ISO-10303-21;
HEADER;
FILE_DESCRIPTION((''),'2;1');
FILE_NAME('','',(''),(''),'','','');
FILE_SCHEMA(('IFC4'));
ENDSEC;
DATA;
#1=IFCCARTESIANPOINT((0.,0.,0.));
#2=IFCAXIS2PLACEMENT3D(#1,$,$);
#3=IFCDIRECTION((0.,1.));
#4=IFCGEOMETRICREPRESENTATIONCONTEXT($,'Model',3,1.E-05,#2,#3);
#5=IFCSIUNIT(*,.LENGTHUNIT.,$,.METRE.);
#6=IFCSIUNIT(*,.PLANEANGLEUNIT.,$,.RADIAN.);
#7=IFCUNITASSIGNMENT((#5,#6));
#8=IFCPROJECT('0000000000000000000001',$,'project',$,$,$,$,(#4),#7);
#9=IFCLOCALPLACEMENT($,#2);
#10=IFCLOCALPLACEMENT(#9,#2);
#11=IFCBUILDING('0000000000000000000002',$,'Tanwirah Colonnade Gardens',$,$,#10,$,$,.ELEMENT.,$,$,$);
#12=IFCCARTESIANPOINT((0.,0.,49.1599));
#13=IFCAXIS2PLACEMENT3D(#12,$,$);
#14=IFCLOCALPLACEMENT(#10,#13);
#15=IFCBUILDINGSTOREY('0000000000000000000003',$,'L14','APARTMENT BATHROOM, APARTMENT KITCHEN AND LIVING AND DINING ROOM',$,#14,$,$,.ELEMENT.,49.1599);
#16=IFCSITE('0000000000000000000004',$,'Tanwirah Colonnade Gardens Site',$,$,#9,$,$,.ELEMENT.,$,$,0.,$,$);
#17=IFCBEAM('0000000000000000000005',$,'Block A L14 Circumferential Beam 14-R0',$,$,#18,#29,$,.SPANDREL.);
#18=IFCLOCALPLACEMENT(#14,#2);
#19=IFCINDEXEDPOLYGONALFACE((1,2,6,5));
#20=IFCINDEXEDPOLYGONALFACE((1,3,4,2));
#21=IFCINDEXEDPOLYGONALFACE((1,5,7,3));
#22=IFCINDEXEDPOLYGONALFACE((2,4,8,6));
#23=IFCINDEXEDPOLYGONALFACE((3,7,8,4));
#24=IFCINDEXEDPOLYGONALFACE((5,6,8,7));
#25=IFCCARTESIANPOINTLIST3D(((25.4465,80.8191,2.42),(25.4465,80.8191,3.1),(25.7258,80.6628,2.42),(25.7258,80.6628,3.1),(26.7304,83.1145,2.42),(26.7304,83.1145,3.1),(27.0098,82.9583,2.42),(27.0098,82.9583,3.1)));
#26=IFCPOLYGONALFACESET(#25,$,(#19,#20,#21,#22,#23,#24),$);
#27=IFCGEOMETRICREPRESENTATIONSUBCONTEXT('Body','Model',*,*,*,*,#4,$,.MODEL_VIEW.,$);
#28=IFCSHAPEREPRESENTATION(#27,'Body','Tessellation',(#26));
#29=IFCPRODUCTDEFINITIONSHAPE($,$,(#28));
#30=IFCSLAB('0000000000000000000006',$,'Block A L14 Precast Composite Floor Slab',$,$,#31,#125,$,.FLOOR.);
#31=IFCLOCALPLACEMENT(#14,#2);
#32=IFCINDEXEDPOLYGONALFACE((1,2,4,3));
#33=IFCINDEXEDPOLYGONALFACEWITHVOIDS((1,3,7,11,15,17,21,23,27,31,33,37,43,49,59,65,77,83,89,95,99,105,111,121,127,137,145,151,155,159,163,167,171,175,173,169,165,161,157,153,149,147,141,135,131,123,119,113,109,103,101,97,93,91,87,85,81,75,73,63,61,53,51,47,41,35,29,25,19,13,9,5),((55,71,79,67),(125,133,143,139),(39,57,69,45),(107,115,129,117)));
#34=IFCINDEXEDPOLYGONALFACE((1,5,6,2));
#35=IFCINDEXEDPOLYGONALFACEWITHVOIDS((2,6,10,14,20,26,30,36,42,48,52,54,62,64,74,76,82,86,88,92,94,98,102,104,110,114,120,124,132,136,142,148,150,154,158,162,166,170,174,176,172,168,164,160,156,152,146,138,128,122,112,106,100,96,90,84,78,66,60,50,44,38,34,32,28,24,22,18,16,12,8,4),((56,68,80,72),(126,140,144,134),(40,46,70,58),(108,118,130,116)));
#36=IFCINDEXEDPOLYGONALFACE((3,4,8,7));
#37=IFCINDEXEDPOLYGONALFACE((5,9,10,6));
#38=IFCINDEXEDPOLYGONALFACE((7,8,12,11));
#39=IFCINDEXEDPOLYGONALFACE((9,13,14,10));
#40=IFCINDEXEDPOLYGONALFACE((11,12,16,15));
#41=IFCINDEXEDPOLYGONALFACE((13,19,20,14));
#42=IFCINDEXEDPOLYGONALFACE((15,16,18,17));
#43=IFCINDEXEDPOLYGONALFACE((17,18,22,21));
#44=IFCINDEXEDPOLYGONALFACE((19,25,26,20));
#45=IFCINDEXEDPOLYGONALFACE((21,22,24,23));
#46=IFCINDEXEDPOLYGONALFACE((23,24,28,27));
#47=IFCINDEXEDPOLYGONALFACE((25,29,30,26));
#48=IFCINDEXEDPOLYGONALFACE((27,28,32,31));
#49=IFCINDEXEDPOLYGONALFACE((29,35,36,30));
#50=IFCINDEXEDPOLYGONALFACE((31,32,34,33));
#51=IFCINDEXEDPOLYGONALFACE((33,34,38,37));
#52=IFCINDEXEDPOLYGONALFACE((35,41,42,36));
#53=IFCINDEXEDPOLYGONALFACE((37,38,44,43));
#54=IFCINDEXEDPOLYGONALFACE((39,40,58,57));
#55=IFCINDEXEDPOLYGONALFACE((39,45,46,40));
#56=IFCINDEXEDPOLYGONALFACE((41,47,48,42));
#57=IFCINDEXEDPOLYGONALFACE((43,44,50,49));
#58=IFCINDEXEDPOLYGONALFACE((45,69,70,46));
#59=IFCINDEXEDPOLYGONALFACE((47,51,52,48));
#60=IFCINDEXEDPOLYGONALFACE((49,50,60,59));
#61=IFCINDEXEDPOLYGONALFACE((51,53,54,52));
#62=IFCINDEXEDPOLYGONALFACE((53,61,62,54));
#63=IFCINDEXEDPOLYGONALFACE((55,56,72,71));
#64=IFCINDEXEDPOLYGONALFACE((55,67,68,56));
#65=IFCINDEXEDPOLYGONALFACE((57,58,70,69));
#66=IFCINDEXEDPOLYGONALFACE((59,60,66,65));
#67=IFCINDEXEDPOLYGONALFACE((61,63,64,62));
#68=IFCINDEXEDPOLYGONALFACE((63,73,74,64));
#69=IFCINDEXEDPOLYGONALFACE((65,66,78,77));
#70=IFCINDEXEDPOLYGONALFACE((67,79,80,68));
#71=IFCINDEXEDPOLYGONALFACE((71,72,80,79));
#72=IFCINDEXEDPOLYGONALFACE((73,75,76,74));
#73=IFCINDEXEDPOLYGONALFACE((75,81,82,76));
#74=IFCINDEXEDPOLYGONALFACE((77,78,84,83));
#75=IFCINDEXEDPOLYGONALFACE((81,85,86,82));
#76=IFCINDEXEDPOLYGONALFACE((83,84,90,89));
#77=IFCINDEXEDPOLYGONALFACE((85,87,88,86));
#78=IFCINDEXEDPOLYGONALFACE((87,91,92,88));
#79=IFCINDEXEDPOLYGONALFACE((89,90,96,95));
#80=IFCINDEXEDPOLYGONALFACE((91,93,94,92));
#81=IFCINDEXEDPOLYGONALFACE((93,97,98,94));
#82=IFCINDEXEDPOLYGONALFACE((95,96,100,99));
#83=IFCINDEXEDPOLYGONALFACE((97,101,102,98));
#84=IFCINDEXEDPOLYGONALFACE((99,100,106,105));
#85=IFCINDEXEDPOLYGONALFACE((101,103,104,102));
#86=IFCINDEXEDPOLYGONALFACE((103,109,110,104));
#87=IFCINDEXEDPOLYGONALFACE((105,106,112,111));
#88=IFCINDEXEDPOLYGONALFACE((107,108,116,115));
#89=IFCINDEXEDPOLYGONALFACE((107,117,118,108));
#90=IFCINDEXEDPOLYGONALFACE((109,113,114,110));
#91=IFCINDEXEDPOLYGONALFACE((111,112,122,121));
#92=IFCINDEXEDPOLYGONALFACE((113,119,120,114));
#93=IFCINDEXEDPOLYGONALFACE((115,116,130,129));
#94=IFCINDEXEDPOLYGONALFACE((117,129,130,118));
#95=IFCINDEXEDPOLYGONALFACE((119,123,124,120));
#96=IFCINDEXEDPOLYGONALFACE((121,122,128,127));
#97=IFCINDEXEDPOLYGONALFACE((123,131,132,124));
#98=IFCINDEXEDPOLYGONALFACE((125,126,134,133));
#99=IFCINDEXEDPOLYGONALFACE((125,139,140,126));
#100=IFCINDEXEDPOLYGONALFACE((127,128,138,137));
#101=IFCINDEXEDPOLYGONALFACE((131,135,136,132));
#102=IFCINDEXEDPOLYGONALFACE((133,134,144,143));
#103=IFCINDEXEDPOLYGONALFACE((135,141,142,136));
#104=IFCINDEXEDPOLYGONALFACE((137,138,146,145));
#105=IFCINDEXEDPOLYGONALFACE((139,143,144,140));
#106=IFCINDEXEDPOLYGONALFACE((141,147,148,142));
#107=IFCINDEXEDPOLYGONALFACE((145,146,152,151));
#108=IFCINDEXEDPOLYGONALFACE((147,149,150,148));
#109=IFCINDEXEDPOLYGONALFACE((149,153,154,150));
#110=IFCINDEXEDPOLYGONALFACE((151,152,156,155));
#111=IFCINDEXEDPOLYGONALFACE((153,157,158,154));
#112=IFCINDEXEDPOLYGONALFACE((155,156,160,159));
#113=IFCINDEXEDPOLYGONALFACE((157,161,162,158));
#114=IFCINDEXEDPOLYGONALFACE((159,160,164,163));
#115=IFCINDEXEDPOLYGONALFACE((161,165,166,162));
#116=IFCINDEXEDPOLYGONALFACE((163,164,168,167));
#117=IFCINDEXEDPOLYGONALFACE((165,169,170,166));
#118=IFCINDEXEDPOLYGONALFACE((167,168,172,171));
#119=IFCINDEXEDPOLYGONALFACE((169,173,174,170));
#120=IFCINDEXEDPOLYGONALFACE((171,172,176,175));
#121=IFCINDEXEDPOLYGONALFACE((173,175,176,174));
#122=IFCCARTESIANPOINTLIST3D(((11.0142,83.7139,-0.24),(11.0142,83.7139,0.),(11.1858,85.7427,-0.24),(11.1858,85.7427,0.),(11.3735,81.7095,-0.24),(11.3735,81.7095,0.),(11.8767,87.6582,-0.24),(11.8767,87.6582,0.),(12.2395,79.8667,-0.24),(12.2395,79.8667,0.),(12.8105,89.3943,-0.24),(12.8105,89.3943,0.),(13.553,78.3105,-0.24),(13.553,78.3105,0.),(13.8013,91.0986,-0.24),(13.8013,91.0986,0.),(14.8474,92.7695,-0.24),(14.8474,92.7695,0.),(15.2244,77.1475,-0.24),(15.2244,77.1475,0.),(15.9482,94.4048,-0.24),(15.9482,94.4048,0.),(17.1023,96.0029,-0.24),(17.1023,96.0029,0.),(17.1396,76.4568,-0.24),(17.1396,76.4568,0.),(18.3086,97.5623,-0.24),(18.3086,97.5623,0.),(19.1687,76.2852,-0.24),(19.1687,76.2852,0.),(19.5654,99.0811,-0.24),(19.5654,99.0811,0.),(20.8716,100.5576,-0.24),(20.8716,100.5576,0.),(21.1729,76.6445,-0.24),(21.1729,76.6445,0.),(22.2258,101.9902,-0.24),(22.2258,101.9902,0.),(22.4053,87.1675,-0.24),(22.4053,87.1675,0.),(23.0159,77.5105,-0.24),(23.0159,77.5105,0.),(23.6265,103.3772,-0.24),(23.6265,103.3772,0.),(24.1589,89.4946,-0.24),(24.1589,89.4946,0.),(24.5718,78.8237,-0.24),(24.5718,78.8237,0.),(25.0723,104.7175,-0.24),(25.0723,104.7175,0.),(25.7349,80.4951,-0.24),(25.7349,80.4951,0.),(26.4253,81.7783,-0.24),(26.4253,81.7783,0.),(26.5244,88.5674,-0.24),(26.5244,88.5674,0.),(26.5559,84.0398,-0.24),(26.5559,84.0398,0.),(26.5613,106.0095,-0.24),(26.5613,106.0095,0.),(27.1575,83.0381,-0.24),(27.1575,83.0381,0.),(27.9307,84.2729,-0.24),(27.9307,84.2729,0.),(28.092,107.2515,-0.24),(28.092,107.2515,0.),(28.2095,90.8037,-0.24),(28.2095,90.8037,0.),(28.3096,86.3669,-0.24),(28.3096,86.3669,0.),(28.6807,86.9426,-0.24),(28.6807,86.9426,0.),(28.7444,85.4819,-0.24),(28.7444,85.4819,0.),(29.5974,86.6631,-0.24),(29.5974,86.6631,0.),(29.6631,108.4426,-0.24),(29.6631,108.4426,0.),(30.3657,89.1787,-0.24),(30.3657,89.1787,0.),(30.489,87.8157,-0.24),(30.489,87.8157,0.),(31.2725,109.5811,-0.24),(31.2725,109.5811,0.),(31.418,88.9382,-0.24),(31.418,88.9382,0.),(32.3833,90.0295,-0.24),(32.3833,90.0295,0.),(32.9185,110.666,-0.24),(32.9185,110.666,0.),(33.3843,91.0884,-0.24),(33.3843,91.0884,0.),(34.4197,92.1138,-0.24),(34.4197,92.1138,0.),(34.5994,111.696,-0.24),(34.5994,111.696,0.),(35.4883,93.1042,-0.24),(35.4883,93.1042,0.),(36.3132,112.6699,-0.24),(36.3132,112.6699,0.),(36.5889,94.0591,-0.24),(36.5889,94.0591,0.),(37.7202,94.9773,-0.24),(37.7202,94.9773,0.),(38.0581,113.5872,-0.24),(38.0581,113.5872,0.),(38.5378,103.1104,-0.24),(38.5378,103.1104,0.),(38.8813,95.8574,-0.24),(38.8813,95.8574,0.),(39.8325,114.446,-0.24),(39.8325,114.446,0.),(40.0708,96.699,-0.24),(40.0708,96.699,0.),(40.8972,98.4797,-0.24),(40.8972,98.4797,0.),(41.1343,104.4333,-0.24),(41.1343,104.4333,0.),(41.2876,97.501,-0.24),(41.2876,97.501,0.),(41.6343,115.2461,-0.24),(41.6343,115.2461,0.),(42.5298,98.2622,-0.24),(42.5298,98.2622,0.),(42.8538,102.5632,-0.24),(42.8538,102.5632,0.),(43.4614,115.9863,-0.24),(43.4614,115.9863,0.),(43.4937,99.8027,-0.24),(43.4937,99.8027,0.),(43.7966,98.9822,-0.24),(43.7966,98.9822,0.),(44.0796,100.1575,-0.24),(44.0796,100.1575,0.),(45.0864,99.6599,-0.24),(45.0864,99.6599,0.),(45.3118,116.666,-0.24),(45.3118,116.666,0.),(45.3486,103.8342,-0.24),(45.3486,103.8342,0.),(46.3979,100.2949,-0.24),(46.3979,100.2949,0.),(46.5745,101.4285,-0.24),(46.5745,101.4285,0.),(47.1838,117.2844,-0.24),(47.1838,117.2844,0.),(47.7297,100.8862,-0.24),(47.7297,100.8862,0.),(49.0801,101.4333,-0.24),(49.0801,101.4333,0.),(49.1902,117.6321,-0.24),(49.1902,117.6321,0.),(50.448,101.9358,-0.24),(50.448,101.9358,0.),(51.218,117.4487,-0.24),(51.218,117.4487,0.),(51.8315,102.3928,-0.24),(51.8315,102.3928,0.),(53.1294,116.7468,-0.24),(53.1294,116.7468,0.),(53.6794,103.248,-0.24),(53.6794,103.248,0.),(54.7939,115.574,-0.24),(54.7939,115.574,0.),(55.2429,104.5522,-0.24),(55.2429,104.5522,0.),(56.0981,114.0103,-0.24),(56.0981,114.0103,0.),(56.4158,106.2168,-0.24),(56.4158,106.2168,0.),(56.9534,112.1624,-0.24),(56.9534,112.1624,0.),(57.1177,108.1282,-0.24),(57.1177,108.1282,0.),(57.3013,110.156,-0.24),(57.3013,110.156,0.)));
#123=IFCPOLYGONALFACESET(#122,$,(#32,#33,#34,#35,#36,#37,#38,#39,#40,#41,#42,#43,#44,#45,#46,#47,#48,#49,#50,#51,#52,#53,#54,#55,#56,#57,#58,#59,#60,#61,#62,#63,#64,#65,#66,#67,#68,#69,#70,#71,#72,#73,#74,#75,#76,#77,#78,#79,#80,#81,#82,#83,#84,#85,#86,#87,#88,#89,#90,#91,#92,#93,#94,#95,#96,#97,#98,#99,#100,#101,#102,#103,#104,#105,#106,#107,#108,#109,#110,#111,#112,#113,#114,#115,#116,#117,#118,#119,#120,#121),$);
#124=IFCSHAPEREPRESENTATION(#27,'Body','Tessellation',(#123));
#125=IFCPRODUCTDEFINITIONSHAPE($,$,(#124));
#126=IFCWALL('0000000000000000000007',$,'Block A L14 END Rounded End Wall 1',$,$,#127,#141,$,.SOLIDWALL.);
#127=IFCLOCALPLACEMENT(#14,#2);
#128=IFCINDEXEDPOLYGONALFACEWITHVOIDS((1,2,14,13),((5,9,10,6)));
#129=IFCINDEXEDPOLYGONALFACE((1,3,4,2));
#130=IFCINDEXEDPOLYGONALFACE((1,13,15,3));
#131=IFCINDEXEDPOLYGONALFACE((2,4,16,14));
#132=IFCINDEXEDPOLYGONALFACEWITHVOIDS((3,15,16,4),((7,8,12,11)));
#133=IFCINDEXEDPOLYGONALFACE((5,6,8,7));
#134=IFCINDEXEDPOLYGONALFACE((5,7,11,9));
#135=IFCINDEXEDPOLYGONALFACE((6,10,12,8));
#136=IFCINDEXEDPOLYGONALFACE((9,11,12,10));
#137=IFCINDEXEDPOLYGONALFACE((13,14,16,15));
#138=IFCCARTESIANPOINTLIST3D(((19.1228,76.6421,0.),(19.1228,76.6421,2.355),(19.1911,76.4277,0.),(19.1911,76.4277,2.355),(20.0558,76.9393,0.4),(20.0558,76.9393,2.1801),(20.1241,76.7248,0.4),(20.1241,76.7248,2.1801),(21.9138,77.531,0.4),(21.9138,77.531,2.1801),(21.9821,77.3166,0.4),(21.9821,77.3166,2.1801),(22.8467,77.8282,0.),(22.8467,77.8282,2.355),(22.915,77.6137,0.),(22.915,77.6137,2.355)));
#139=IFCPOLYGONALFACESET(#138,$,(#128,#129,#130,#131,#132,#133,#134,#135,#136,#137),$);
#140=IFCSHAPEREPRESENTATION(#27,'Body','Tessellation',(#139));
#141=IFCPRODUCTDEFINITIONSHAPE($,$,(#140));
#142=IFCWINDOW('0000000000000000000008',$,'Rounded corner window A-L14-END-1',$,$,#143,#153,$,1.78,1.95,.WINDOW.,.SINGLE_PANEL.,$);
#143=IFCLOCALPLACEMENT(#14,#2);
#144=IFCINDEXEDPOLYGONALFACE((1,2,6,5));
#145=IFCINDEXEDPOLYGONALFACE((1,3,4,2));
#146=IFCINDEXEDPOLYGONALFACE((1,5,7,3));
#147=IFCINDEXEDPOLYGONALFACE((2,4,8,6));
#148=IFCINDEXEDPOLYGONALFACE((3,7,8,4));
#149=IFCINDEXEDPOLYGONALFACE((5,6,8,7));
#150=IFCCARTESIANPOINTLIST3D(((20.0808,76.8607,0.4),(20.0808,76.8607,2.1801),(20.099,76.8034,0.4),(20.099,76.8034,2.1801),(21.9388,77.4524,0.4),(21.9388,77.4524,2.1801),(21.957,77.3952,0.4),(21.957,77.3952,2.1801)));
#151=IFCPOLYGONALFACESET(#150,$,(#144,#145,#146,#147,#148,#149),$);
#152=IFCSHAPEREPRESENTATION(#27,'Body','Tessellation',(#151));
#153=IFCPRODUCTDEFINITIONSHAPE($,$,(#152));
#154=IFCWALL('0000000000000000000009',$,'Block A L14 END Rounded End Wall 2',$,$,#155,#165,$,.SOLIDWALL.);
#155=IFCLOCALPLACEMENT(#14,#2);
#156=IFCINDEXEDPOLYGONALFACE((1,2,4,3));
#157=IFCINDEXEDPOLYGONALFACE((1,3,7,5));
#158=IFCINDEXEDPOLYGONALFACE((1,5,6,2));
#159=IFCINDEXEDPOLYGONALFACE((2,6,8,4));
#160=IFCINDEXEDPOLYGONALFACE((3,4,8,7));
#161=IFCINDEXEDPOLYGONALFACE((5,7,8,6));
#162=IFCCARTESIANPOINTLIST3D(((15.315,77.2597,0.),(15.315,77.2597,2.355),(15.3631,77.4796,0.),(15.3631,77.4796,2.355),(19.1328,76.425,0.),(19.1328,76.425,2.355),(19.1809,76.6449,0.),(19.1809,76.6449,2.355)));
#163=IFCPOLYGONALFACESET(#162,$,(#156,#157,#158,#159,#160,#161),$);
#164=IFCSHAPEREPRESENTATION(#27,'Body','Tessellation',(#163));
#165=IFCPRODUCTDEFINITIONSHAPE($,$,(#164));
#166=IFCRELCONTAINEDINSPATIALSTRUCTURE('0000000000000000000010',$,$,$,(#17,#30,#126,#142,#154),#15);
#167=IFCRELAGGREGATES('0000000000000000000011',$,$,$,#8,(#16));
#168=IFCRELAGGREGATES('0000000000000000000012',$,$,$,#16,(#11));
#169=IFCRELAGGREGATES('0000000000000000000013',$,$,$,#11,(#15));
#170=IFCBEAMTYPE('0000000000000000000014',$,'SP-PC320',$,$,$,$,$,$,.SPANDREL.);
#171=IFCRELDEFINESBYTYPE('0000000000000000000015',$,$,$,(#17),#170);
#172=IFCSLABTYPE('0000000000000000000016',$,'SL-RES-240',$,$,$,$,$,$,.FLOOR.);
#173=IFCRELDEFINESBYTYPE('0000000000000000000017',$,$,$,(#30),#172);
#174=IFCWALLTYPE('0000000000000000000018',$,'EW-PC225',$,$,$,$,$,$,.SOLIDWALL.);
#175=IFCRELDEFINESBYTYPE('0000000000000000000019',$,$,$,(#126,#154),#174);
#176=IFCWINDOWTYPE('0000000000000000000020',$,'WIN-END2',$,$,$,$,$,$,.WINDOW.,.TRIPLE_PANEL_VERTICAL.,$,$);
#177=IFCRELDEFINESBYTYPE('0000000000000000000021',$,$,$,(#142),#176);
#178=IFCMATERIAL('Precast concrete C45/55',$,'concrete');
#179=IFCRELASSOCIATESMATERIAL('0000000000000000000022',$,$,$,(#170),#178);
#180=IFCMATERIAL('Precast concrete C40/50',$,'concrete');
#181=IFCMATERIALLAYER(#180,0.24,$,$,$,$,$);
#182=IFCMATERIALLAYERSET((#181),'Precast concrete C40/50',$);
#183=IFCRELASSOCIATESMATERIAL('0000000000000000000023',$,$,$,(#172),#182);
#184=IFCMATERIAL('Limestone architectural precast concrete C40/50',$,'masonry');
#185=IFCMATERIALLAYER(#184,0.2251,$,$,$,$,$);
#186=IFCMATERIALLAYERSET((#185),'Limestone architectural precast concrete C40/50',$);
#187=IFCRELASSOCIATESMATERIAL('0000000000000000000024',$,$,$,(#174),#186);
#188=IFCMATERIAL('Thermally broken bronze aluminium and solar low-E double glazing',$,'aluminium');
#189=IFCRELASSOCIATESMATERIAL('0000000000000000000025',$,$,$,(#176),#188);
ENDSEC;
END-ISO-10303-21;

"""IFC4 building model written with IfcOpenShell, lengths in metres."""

from ifc_helpers import new_model, si_unit, direction, frame, frame_2d, origin, origin_2d, place, context, subcontext, project, spatial, polyline, rectangle, outline, extrude, material, layer, layer_set, material_profile, profile_set, type_object, element, fill, save


model = new_model("IFC4")

# Units and contexts
model_context = context("Model", 3, precision=1e-05, world=origin(), true_north=direction((0.0, 1.0)))
body_context = subcontext(model_context, "Body", "Model", "MODEL_VIEW")
ifc_project = project(units=[si_unit("LENGTHUNIT", "METRE"), si_unit("PLANEANGLEUNIT", "RADIAN")], contexts=[model_context])

# Site, building, storey
site_placement = place(None, origin())
site = spatial("IfcSite", under=ifc_project, at=site_placement, Name="Tanwirah Colonnade Gardens Site", CompositionType="ELEMENT", RefElevation=0.0)
building_placement = place(site_placement, origin())
building = spatial("IfcBuilding", under=site, at=building_placement, Name="Tanwirah Colonnade Gardens", CompositionType="ELEMENT")
storey_placement = place(building_placement, frame((0.0, 0.0, 49.1599)))
storey = spatial("IfcBuildingStorey", under=building, at=storey_placement, Name="L14", Description="APARTMENT BATHROOM, APARTMENT KITCHEN AND LIVING AND DINING ROOM", CompositionType="ELEMENT", Elevation=49.1599)

# Shared definitions
ifc_material_1 = material(Name="Precast concrete C40/50", Category="concrete")

# Beam
ifc_material_2 = material(Name="Precast concrete C45/55", Category="concrete")
ifc_material_profile_1 = material_profile(ifc_material_2, rectangle(XDim=0.3201, YDim=0.6799, at=origin_2d()), Name="PC-SP 320x680")
ifc_profile_set_1 = profile_set([ifc_material_profile_1], Name="Precast concrete C45/55")
beam_type_1 = type_object("IfcBeamType", Name="SP-PC320", PredefinedType="SPANDREL", material=ifc_profile_set_1)
beam_1_placement = place(storey_placement, frame((26.8701, 83.0364, 2.76), z_axis=(-0.488171, -0.872748, 0.0), x_axis=(0.872748, -0.488171, 0.0)))
element("IfcBeam", 1, at=beam_1_placement, inside=storey, type_object=beam_type_1, Name="Block A L14 Circumferential Beam 14-R0", PredefinedType="SPANDREL", context=body_context, shape_type="SweptSolid", body=[
    extrude(rectangle(XDim=0.3201, YDim=0.6799, at=origin_2d()), origin(), (0.0, 0.0, 1.0), 2.6301),
])

# Slab
ifc_layer_1 = layer(ifc_material_1, 0.24)
ifc_layer_set_1 = layer_set([ifc_layer_1], Name="Precast concrete C40/50")
slab_type_1 = type_object("IfcSlabType", Name="SL-RES-240", PredefinedType="FLOOR", material=ifc_layer_set_1)
slab_1_placement = place(storey_placement, frame((0.0, 0.0, -0.24)))
element("IfcSlab", 2, at=slab_1_placement, inside=storey, type_object=slab_type_1, Name="Block A L14 Precast Composite Floor Slab", PredefinedType="FLOOR", context=body_context, shape_type="SweptSolid", body=[
    extrude(outline(polyline([(49.0801, 101.4333), (50.448, 101.9358), (51.8315, 102.3928), (53.6794, 103.248), (55.2429, 104.5522), (56.4158, 106.2168), (57.1177, 108.1282), (57.3013, 110.156), (56.9534, 112.1624), (56.0981, 114.0103), (54.7939, 115.574), (53.1294, 116.7468), (51.218, 117.4487), (49.1902, 117.6321), (47.1838, 117.2844), (45.3118, 116.666), (43.4614, 115.9863), (41.6343, 115.2461), (39.8325, 114.446), (38.0581, 113.5872), (36.3132, 112.6699), (34.5994, 111.696), (32.9185, 110.666), (31.2725, 109.5811), (29.6631, 108.4426), (28.092, 107.2515), (26.5613, 106.0095), (25.0723, 104.7175), (23.6265, 103.3772), (22.2258, 101.9902), (20.8716, 100.5576), (19.5654, 99.0811), (18.3086, 97.5623), (17.1023, 96.0029), (15.9482, 94.4048), (14.8474, 92.7695), (13.8013, 91.0986), (12.8105, 89.3943), (11.8767, 87.6582), (11.1858, 85.7427), (11.0142, 83.7139), (11.3735, 81.7095), (12.2395, 79.8667), (13.553, 78.3105), (15.2244, 77.1475), (17.1396, 76.4568), (19.1687, 76.2852), (21.1729, 76.6445), (23.0159, 77.5105), (24.5718, 78.8237), (25.7349, 80.4951), (26.4253, 81.7783), (27.1575, 83.0381), (27.9307, 84.2729), (28.7444, 85.4819), (29.5974, 86.6631), (30.489, 87.8157), (31.418, 88.9382), (32.3833, 90.0295), (33.3843, 91.0884), (34.4197, 92.1138), (35.4883, 93.1042), (36.5889, 94.0591), (37.7202, 94.9773), (38.8813, 95.8574), (40.0708, 96.699), (41.2876, 97.501), (42.5298, 98.2622), (43.7966, 98.9822), (45.0864, 99.6599), (46.3979, 100.2949), (47.7297, 100.8862), (49.0801, 101.4333)]), holes=[polyline([(41.1343, 104.4333), (43.4937, 99.8027), (40.8972, 98.4797), (38.5378, 103.1104), (41.1343, 104.4333)]), polyline([(46.5745, 101.4285), (44.0796, 100.1575), (42.8538, 102.5632), (45.3486, 103.8342), (46.5745, 101.4285)]), polyline([(26.5559, 84.0398), (22.4053, 87.1675), (24.1589, 89.4946), (28.3096, 86.3669), (26.5559, 84.0398)]), polyline([(26.5244, 88.5674), (28.2095, 90.8037), (30.3657, 89.1787), (28.6807, 86.9426), (26.5244, 88.5674)])]), origin(), (0.0, 0.0, 1.0), 0.24),
])

# Wall, opening, window
ifc_material_3 = material(Name="Limestone architectural precast concrete C40/50", Category="masonry")
ifc_layer_2 = layer(ifc_material_3, 0.2251)
ifc_layer_set_2 = layer_set([ifc_layer_2], Name="Limestone architectural precast concrete C40/50")
wall_type_1 = type_object("IfcWallType", Name="EW-PC225", PredefinedType="SOLIDWALL", material=ifc_layer_set_2)
wall_1_placement = place(storey_placement, frame((22.8809, 77.7209, 0.0), z_axis=(0.0, 0.0, 1.0), x_axis=(-0.95284, -0.303474, 0.0)))
wall_1 = element("IfcWall", 3, at=wall_1_placement, inside=storey, type_object=wall_type_1, Name="Block A L14 END Rounded End Wall 1", PredefinedType="SOLIDWALL", context=body_context, shape_type="SweptSolid", body=[
    extrude(rectangle(XDim=3.9082, YDim=0.2251, at=frame_2d((1.9541, 0.0))), origin(), (0.0, 0.0, 1.0), 2.355),
])
opening_1_placement = place(wall_1_placement, frame((0.979, 0.0, 0.3999)))
opening_1 = element("IfcOpeningElement", 4, at=opening_1_placement, cuts=wall_1, PredefinedType="OPENING", context=body_context, shape_type="SweptSolid", body=[
    extrude(rectangle(XDim=1.95, YDim=1.78, at=frame_2d((0.9751, 0.8901))), frame((0.0, 0.1226, 0.0), z_axis=(0.0, -1.0, 0.0), x_axis=(1.0, 0.0, 0.0)), (0.0, 0.0, 1.0), 0.2451),
])
ifc_material_4 = material(Name="Thermally broken bronze aluminium and solar low-E double glazing", Category="aluminium")
window_type = type_object("IfcWindowType", Name="WIN-END2", PartitioningType="TRIPLE_PANEL_VERTICAL", PredefinedType="WINDOW", material=ifc_material_4)
window_1_placement = place(opening_1_placement, origin())
window_1 = element("IfcWindow", 5, at=window_1_placement, inside=storey, type_object=window_type, Name="Rounded corner window A-L14-END-1", OverallHeight=1.78, OverallWidth=1.95, PartitioningType="SINGLE_PANEL", PredefinedType="WINDOW", context=body_context, shape_type="SweptSolid", body=[
    extrude(rectangle(XDim=1.95, YDim=1.78, at=frame_2d((0.9751, 0.8901))), frame((0.0, 0.03, 0.0), z_axis=(0.0, -1.0, 0.0), x_axis=(1.0, 0.0, 0.0)), (0.0, 0.0, 1.0), 0.0601),
])
fill(opening_1, window_1)

# Wall
wall_2_placement = place(storey_placement, frame((19.157, 76.5349, 0.0), z_axis=(0.0, 0.0, 1.0), x_axis=(-0.976924, 0.213589, 0.0)))
element("IfcWall", 6, at=wall_2_placement, inside=storey, type_object=wall_type_1, Name="Block A L14 END Rounded End Wall 2", PredefinedType="SOLIDWALL", context=body_context, shape_type="SweptSolid", body=[
    extrude(rectangle(XDim=3.908, YDim=0.2251, at=frame_2d((1.9541, 0.0))), origin(), (0.0, 0.0, 1.0), 2.355),
])

save(model, "model.ifc")
